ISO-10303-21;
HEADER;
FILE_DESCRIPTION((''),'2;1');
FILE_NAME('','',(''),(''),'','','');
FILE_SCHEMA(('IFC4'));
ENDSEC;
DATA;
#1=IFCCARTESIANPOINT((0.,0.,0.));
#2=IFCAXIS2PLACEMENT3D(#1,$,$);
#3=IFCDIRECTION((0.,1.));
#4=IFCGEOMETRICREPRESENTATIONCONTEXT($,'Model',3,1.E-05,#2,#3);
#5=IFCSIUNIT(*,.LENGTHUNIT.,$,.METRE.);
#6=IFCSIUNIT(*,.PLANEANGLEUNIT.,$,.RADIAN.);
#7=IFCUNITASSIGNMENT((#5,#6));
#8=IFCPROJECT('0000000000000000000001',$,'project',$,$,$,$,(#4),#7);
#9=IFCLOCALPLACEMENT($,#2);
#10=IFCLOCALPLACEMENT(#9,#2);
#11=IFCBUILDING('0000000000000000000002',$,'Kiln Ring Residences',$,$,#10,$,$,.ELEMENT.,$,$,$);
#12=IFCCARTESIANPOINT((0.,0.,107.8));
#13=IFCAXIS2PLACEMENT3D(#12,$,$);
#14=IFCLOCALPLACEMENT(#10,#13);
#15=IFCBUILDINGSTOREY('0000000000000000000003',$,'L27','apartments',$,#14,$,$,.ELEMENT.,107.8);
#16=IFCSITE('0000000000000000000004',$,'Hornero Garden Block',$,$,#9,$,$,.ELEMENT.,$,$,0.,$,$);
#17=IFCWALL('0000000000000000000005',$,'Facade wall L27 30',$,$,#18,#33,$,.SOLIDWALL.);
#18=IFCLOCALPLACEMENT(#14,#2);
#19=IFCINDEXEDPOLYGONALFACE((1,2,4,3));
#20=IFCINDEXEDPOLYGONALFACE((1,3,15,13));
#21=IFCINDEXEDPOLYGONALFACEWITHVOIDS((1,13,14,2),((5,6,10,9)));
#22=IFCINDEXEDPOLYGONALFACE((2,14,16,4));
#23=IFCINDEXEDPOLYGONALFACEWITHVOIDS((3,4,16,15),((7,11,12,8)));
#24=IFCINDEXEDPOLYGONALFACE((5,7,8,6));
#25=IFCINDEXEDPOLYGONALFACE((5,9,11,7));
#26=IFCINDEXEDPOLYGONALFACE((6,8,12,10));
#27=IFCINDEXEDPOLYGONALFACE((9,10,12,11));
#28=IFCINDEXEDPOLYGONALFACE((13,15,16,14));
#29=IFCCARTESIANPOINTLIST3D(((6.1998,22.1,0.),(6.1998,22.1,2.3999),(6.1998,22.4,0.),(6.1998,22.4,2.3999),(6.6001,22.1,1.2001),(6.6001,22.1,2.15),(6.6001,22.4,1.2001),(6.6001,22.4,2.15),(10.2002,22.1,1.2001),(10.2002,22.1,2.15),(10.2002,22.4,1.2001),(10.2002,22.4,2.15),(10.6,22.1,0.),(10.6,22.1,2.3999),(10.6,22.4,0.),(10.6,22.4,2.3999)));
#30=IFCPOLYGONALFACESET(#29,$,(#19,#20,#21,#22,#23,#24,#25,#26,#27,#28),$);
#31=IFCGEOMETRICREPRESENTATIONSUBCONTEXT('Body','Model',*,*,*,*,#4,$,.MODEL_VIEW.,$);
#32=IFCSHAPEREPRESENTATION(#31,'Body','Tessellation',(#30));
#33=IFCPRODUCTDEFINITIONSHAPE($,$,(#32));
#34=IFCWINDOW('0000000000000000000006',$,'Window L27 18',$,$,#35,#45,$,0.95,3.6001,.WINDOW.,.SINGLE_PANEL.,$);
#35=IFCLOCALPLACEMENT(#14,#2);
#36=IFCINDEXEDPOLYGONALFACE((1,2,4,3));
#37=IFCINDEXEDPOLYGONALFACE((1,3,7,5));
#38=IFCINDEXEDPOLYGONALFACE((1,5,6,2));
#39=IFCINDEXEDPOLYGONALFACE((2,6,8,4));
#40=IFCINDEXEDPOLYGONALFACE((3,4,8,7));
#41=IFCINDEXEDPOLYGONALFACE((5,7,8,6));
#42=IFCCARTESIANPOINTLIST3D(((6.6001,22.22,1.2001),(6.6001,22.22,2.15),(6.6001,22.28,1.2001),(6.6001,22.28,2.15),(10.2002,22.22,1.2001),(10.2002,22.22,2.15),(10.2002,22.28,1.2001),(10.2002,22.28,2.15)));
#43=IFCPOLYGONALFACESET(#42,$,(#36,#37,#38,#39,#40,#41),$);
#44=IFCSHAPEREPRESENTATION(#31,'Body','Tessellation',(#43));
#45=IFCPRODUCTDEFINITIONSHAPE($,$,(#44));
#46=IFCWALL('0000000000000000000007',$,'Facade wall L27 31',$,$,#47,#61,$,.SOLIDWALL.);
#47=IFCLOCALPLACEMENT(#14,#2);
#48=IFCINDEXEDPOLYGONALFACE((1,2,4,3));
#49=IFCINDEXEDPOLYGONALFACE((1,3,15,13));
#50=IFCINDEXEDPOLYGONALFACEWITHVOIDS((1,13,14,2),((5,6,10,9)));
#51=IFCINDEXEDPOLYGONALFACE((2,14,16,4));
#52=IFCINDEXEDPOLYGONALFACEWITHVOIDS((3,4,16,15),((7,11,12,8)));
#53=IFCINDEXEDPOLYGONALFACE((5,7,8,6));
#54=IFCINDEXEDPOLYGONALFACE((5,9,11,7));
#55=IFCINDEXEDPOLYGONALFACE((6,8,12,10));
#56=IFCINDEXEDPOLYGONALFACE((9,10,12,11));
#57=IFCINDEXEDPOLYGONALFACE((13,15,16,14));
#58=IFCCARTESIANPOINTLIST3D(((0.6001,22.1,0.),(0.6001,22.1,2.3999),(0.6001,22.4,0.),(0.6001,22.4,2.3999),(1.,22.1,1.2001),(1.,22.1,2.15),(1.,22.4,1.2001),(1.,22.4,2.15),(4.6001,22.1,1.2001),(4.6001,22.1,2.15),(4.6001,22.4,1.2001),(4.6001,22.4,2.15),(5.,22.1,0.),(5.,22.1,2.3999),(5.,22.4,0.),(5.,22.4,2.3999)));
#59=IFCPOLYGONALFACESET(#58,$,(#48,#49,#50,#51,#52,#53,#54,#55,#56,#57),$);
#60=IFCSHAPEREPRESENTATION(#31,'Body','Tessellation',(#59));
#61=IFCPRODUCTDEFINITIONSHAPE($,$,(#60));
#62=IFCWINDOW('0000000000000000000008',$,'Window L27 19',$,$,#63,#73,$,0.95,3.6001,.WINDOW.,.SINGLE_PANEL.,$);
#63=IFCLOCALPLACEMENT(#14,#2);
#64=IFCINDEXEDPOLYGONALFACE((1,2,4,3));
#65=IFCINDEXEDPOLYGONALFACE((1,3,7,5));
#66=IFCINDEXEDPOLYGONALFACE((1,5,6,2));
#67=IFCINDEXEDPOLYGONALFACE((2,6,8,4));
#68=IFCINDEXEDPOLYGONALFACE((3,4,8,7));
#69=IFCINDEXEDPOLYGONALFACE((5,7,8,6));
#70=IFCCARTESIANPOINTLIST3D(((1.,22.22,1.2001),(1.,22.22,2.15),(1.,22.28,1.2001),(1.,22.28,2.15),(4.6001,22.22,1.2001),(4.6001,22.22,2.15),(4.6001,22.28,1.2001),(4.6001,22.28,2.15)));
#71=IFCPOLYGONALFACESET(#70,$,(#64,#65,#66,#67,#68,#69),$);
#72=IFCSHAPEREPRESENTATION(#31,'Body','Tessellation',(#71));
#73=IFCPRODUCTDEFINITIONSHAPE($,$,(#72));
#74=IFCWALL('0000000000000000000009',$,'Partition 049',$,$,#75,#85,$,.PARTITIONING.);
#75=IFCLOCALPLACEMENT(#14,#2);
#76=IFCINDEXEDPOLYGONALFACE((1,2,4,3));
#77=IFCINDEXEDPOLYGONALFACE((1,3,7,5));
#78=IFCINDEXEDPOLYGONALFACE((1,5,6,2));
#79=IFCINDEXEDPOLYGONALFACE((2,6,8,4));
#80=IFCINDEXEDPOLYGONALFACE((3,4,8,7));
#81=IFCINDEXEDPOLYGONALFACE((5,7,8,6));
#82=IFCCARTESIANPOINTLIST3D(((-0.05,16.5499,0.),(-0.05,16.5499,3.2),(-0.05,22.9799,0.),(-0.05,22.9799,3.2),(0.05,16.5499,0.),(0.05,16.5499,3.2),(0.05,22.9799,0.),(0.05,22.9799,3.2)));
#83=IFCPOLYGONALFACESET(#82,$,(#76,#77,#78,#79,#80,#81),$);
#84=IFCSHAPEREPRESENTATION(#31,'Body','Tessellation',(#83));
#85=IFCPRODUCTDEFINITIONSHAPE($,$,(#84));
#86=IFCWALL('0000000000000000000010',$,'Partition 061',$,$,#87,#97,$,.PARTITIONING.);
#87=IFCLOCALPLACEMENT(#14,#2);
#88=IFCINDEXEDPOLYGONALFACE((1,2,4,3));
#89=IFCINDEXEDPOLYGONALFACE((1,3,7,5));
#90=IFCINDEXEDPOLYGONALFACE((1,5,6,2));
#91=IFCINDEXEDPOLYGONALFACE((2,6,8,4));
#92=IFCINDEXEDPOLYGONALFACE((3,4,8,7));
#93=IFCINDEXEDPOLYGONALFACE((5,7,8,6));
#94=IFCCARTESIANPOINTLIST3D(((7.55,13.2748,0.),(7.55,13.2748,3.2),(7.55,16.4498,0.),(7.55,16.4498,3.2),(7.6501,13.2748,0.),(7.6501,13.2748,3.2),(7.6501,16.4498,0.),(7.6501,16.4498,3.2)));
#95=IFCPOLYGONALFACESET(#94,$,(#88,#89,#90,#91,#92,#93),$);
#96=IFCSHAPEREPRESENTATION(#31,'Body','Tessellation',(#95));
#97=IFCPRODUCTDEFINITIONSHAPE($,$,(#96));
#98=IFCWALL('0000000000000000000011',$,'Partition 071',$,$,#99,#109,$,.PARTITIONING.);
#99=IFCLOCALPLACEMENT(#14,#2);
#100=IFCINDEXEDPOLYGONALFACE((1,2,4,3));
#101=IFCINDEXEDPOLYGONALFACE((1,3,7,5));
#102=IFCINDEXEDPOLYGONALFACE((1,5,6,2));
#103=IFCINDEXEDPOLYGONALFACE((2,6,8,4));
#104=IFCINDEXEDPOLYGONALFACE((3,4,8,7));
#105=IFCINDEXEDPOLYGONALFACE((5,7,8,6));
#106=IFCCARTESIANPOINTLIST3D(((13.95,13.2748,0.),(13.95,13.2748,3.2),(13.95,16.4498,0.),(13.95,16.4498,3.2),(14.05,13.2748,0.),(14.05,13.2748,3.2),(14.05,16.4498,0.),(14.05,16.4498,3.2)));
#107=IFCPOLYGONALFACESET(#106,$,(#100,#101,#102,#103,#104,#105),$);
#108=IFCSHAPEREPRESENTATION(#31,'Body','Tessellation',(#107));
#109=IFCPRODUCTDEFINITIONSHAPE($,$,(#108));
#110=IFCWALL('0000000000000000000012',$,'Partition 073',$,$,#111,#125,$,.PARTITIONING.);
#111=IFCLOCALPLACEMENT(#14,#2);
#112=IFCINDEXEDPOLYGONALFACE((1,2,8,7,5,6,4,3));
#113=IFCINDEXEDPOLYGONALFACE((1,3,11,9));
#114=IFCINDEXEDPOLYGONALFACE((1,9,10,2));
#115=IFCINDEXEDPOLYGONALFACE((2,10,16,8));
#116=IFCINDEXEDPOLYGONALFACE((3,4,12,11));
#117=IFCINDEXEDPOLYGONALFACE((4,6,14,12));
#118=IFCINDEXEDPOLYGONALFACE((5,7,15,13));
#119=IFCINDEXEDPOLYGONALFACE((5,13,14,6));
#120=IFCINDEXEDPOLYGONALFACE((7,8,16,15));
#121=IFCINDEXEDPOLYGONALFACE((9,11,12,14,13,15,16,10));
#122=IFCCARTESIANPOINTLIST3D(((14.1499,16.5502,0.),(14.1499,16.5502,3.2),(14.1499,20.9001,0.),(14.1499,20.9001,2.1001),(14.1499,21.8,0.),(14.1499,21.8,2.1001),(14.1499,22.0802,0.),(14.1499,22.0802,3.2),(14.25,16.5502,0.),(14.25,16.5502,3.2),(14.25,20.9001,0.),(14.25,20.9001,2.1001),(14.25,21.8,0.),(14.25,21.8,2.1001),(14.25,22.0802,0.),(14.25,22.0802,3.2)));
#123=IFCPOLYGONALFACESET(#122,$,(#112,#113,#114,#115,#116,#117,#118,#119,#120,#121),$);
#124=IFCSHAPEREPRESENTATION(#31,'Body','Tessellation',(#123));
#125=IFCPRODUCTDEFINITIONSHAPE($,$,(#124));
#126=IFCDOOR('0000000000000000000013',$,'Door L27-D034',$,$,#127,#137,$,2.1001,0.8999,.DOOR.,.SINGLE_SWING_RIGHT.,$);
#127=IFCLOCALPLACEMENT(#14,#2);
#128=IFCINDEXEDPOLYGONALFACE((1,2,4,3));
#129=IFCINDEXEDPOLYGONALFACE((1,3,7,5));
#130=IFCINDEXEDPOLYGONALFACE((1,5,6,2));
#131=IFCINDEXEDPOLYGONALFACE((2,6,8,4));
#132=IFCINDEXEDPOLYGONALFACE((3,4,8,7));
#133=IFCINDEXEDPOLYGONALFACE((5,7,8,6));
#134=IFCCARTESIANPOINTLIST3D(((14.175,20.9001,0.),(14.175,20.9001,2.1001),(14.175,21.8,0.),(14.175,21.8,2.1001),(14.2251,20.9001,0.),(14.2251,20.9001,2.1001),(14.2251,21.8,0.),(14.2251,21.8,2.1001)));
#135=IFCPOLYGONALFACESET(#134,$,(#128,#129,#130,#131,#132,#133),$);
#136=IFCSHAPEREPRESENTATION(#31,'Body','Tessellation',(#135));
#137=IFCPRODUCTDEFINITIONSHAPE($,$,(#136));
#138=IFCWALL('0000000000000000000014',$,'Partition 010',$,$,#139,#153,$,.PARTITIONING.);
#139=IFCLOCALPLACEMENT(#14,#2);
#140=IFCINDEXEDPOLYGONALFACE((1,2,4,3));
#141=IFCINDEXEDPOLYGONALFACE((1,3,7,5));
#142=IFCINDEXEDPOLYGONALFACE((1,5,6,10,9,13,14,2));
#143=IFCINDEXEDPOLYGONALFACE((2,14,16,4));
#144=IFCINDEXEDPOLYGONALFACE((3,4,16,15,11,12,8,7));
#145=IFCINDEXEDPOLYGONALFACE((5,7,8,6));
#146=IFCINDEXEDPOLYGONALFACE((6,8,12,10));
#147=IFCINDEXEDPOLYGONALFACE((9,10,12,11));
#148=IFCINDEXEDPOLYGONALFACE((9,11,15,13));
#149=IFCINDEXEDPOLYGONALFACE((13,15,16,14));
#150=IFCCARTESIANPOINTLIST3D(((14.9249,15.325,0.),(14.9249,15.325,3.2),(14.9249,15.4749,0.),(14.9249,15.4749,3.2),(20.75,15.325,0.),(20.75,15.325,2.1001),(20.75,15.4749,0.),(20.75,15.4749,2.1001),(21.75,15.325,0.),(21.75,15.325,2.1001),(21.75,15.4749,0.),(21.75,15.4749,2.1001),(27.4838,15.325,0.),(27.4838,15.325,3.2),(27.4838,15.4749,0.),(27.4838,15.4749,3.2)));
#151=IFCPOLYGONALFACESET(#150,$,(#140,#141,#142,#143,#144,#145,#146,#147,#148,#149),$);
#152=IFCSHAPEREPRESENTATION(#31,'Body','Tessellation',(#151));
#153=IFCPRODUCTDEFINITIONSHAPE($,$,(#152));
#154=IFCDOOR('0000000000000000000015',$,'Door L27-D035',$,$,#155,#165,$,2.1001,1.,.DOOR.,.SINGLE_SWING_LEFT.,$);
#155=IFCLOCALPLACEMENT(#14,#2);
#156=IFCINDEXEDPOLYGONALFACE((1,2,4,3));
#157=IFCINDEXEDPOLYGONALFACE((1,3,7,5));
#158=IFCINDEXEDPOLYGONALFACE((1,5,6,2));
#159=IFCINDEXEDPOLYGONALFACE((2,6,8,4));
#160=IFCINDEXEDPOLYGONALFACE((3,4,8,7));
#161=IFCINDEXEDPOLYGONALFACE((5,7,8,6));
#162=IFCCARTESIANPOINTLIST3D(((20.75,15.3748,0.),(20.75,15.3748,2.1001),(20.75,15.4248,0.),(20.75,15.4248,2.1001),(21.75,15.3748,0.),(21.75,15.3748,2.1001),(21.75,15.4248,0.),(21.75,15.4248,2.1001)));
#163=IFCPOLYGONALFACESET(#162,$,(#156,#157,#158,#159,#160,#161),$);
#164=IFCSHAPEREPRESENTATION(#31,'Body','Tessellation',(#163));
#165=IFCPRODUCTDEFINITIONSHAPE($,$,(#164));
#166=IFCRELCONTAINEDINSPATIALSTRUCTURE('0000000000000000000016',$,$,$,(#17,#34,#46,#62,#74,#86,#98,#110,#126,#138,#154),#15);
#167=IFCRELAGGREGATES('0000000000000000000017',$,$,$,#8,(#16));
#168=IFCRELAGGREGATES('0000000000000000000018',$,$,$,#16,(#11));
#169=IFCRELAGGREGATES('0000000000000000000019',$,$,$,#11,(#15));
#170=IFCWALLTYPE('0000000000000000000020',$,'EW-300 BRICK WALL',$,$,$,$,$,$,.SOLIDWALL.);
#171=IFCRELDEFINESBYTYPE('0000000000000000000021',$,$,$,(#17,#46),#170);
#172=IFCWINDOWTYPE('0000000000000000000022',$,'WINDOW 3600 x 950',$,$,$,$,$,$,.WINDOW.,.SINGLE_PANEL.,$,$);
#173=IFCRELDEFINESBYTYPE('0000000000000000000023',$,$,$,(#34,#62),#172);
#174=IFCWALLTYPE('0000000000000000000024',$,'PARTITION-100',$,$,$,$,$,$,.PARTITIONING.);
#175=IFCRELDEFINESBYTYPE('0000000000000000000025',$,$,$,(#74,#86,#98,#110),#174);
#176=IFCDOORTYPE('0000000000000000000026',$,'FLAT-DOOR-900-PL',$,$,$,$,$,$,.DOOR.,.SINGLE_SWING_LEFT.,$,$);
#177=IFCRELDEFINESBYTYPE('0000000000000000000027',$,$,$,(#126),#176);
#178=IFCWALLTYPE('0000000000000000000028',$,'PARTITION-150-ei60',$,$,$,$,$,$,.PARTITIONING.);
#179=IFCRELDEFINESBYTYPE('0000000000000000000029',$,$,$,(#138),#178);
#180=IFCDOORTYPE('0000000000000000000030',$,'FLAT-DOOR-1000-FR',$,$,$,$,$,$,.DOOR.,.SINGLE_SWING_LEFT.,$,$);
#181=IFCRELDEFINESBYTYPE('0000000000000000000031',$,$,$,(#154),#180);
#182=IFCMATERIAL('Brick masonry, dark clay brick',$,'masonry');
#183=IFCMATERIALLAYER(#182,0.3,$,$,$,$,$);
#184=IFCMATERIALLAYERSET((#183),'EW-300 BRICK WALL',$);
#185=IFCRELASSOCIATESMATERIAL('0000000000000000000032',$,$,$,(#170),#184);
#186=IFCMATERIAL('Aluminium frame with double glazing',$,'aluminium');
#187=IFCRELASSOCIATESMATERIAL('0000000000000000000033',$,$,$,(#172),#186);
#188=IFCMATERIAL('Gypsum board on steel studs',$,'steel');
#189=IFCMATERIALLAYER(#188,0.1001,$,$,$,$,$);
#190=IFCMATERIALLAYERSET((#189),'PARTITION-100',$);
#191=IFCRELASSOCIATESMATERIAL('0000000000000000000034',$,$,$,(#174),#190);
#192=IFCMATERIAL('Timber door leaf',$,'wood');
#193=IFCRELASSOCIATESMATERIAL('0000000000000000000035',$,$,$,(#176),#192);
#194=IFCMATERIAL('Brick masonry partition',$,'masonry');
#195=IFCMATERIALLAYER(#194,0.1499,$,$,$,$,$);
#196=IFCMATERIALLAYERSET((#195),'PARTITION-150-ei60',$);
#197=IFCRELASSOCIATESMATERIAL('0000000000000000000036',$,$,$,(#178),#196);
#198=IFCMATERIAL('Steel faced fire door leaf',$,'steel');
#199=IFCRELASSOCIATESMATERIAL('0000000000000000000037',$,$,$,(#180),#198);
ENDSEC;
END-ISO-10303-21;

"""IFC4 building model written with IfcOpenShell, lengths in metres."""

from ifc_helpers import new_model, si_unit, direction, frame, frame_2d, origin, place, context, subcontext, project, spatial, rectangle, extrude, material, layer, layer_set, type_object, element, fill, save


model = new_model("IFC4")

# Units and contexts
model_context = context("Model", 3, precision=1e-05, world=origin(), true_north=direction((0.0, 1.0)))
body_context = subcontext(model_context, "Body", "Model", "MODEL_VIEW")
ifc_project = project(units=[si_unit("LENGTHUNIT", "METRE"), si_unit("PLANEANGLEUNIT", "RADIAN")], contexts=[model_context])

# Site, building, storey
site_placement = place(None, origin())
site = spatial("IfcSite", under=ifc_project, at=site_placement, Name="Hornero Garden Block", CompositionType="ELEMENT", RefElevation=0.0)
building_placement = place(site_placement, origin())
building = spatial("IfcBuilding", under=site, at=building_placement, Name="Kiln Ring Residences", CompositionType="ELEMENT")
storey_placement = place(building_placement, frame((0.0, 0.0, 107.8)))
storey = spatial("IfcBuildingStorey", under=building, at=storey_placement, Name="L27", Description="apartments", CompositionType="ELEMENT", Elevation=107.8)

# Shared definitions
ifc_material_1 = material(Name="Brick masonry, dark clay brick", Category="masonry")
ifc_layer_1 = layer(ifc_material_1, 0.3)
ifc_layer_set_1 = layer_set([ifc_layer_1], Name="EW-300 BRICK WALL")
wall_type_1 = type_object("IfcWallType", Name="EW-300 BRICK WALL", PredefinedType="SOLIDWALL", material=ifc_layer_set_1)

# Walls, openings, windows
wall_1_placement = place(storey_placement, frame((10.6001, 22.25, 0.0), z_axis=(0.0, 0.0, 1.0), x_axis=(-1.0, 0.0, 0.0)))
wall_1 = element("IfcWall", 1, at=wall_1_placement, inside=storey, type_object=wall_type_1, Name="Facade wall L27 30", PredefinedType="SOLIDWALL", context=body_context, shape_type="SweptSolid", body=[
    extrude(rectangle(XDim=4.4001, YDim=0.3, at=frame_2d((2.2002, 0.0))), origin(), (0.0, 0.0, 1.0), 2.3999),
])
opening_1_placement = place(wall_1_placement, frame((0.3999, 0.0, 1.2)))
opening_1 = element("IfcOpeningElement", 2, at=opening_1_placement, cuts=wall_1, PredefinedType="OPENING", context=body_context, shape_type="SweptSolid", body=[
    extrude(rectangle(XDim=3.6001, YDim=0.95, at=frame_2d((1.8, 0.4751))), frame((0.0, 0.1599, 0.0), z_axis=(0.0, -1.0, 0.0), x_axis=(1.0, 0.0, 0.0)), (0.0, 0.0, 1.0), 0.3201),
])
ifc_material_2 = material(Name="Aluminium frame with double glazing", Category="aluminium")
window_type_1 = type_object("IfcWindowType", Name="WINDOW 3600 x 950", PartitioningType="SINGLE_PANEL", PredefinedType="WINDOW", material=ifc_material_2)
window_1_placement = place(opening_1_placement, origin())
window_1 = element("IfcWindow", 3, at=window_1_placement, inside=storey, type_object=window_type_1, Name="Window L27 18", OverallHeight=0.95, OverallWidth=3.6001, PartitioningType="SINGLE_PANEL", PredefinedType="WINDOW", context=body_context, shape_type="SweptSolid", body=[
    extrude(rectangle(XDim=3.6001, YDim=0.95, at=frame_2d((1.8, 0.4751))), frame((0.0, 0.03, 0.0), z_axis=(0.0, -1.0, 0.0), x_axis=(1.0, 0.0, 0.0)), (0.0, 0.0, 1.0), 0.0601),
])
fill(opening_1, window_1)
wall_2_placement = place(storey_placement, frame((5.0, 22.25, 0.0), z_axis=(0.0, 0.0, 1.0), x_axis=(-1.0, 0.0, 0.0)))
wall_2 = element("IfcWall", 4, at=wall_2_placement, inside=storey, type_object=wall_type_1, Name="Facade wall L27 31", PredefinedType="SOLIDWALL", context=body_context, shape_type="SweptSolid", body=[
    extrude(rectangle(XDim=4.3999, YDim=0.3, at=frame_2d((2.2, 0.0))), origin(), (0.0, 0.0, 1.0), 2.3999),
])
opening_2_placement = place(wall_2_placement, frame((0.3999, 0.0, 1.2)))
opening_2 = element("IfcOpeningElement", 5, at=opening_2_placement, cuts=wall_2, PredefinedType="OPENING", context=body_context, shape_type="SweptSolid", body=[
    extrude(rectangle(XDim=3.6001, YDim=0.95, at=frame_2d((1.8, 0.4751))), frame((0.0, 0.1599, 0.0), z_axis=(0.0, -1.0, 0.0), x_axis=(1.0, 0.0, 0.0)), (0.0, 0.0, 1.0), 0.3201),
])
window_2_placement = place(opening_2_placement, origin())
window_2 = element("IfcWindow", 6, at=window_2_placement, inside=storey, type_object=window_type_1, Name="Window L27 19", OverallHeight=0.95, OverallWidth=3.6001, PartitioningType="SINGLE_PANEL", PredefinedType="WINDOW", context=body_context, shape_type="SweptSolid", body=[
    extrude(rectangle(XDim=3.6001, YDim=0.95, at=frame_2d((1.8, 0.4751))), frame((0.0, 0.03, 0.0), z_axis=(0.0, -1.0, 0.0), x_axis=(1.0, 0.0, 0.0)), (0.0, 0.0, 1.0), 0.0601),
])
fill(opening_2, window_2)

# Walls
ifc_material_3 = material(Name="Gypsum board on steel studs", Category="steel")
ifc_layer_2 = layer(ifc_material_3, 0.1001)
ifc_layer_set_2 = layer_set([ifc_layer_2], Name="PARTITION-100")
wall_type_2 = type_object("IfcWallType", Name="PARTITION-100", PredefinedType="PARTITIONING", material=ifc_layer_set_2)
wall_3_placement = place(storey_placement, frame((0.0, 16.55, 0.0), z_axis=(0.0, 0.0, 1.0), x_axis=(0.0, 1.0, 0.0)))
element("IfcWall", 7, at=wall_3_placement, inside=storey, type_object=wall_type_2, Name="Partition 049", PredefinedType="PARTITIONING", context=body_context, shape_type="SweptSolid", body=[
    extrude(rectangle(XDim=6.4299, YDim=0.1001, at=frame_2d((3.2148, 0.0))), origin(), (0.0, 0.0, 1.0), 3.2),
])
for number, where, z_axis, x_axis, name in (
    (8, (7.6001, 13.2749, 0.0), (0.0, 0.0, 1.0), (0.0, 1.0, 0.0), "Partition 061"),
    (9, (14.0, 13.2749, 0.0), (0.0, 0.0, 1.0), (0.0, 1.0, 0.0), "Partition 071"),
):
    element("IfcWall", number, at=place(storey_placement, frame(where, z_axis=z_axis, x_axis=x_axis)), inside=storey, type_object=wall_type_2, Name=name, PredefinedType="PARTITIONING", context=body_context, shape_type="SweptSolid", body=[
        extrude(rectangle(XDim=3.175, YDim=0.1001, at=frame_2d((1.5874, 0.0))), origin(), (0.0, 0.0, 1.0), 3.2),
    ])

# Walls, openings, doors
wall_4_placement = place(storey_placement, frame((14.2, 16.55, 0.0), z_axis=(0.0, 0.0, 1.0), x_axis=(0.0, 1.0, 0.0)))
wall_4 = element("IfcWall", 10, at=wall_4_placement, inside=storey, type_object=wall_type_2, Name="Partition 073", PredefinedType="PARTITIONING", context=body_context, shape_type="SweptSolid", body=[
    extrude(rectangle(XDim=5.53, YDim=0.1001, at=frame_2d((2.7651, 0.0))), origin(), (0.0, 0.0, 1.0), 3.2),
])
opening_3_placement = place(wall_4_placement, frame((4.3501, 0.0, 0.0)))
opening_3 = element("IfcOpeningElement", 11, at=opening_3_placement, cuts=wall_4, PredefinedType="OPENING", context=body_context, shape_type="SweptSolid", body=[
    extrude(rectangle(XDim=0.8999, YDim=2.1001, at=frame_2d((0.45, 1.05))), frame((0.0, 0.0601, 0.0), z_axis=(0.0, -1.0, 0.0), x_axis=(1.0, 0.0, 0.0)), (0.0, 0.0, 1.0), 0.1201),
])
ifc_material_4 = material(Name="Timber door leaf", Category="wood")
door_type_1 = type_object("IfcDoorType", Name="FLAT-DOOR-900-PL", OperationType="SINGLE_SWING_LEFT", PredefinedType="DOOR", material=ifc_material_4)
door_1_placement = place(opening_3_placement, origin())
door_1 = element("IfcDoor", 12, at=door_1_placement, inside=storey, type_object=door_type_1, Name="Door L27-D034", OperationType="SINGLE_SWING_RIGHT", OverallHeight=2.1001, OverallWidth=0.8999, PredefinedType="DOOR", context=body_context, shape_type="SweptSolid", body=[
    extrude(rectangle(XDim=0.8999, YDim=2.1001, at=frame_2d((0.45, 1.05))), frame((0.0, 0.0249, 0.0), z_axis=(0.0, -1.0, 0.0), x_axis=(1.0, 0.0, 0.0)), (0.0, 0.0, 1.0), 0.05),
])
fill(opening_3, door_1)
ifc_material_5 = material(Name="Brick masonry partition", Category="masonry")
ifc_layer_3 = layer(ifc_material_5, 0.1499)
ifc_layer_set_3 = layer_set([ifc_layer_3], Name="PARTITION-150-ei60")
wall_type_3 = type_object("IfcWallType", Name="PARTITION-150-ei60", PredefinedType="PARTITIONING", material=ifc_layer_set_3)
wall_5_placement = place(storey_placement, frame((14.925, 15.3999, 0.0), z_axis=(0.0, 0.0, 1.0), x_axis=(1.0, 0.0, 0.0)))
wall_5 = element("IfcWall", 13, at=wall_5_placement, inside=storey, type_object=wall_type_3, Name="Partition 010", PredefinedType="PARTITIONING", context=body_context, shape_type="SweptSolid", body=[
    extrude(rectangle(XDim=12.5588, YDim=0.1499, at=frame_2d((6.2793, 0.0))), origin(), (0.0, 0.0, 1.0), 3.2),
])
opening_4_placement = place(wall_5_placement, frame((5.825, 0.0, 0.0)))
opening_4 = element("IfcOpeningElement", 14, at=opening_4_placement, cuts=wall_5, PredefinedType="OPENING", context=body_context, shape_type="SweptSolid", body=[
    extrude(rectangle(XDim=1.0, YDim=2.1001, at=frame_2d((0.5, 1.05))), frame((0.0, 0.085, 0.0), z_axis=(0.0, -1.0, 0.0), x_axis=(1.0, 0.0, 0.0)), (0.0, 0.0, 1.0), 0.1699),
])
ifc_material_6 = material(Name="Steel faced fire door leaf", Category="steel")
door_type_2 = type_object("IfcDoorType", Name="FLAT-DOOR-1000-FR", OperationType="SINGLE_SWING_LEFT", PredefinedType="DOOR", material=ifc_material_6)
door_2_placement = place(opening_4_placement, origin())
door_2 = element("IfcDoor", 15, at=door_2_placement, inside=storey, type_object=door_type_2, Name="Door L27-D035", OperationType="SINGLE_SWING_LEFT", OverallHeight=2.1001, OverallWidth=1.0, PredefinedType="DOOR", context=body_context, shape_type="SweptSolid", body=[
    extrude(rectangle(XDim=1.0, YDim=2.1001, at=frame_2d((0.5, 1.05))), frame((0.0, 0.0249, 0.0), z_axis=(0.0, -1.0, 0.0), x_axis=(1.0, 0.0, 0.0)), (0.0, 0.0, 1.0), 0.05),
])
fill(opening_4, door_2)

save(model, "model.ifc")
